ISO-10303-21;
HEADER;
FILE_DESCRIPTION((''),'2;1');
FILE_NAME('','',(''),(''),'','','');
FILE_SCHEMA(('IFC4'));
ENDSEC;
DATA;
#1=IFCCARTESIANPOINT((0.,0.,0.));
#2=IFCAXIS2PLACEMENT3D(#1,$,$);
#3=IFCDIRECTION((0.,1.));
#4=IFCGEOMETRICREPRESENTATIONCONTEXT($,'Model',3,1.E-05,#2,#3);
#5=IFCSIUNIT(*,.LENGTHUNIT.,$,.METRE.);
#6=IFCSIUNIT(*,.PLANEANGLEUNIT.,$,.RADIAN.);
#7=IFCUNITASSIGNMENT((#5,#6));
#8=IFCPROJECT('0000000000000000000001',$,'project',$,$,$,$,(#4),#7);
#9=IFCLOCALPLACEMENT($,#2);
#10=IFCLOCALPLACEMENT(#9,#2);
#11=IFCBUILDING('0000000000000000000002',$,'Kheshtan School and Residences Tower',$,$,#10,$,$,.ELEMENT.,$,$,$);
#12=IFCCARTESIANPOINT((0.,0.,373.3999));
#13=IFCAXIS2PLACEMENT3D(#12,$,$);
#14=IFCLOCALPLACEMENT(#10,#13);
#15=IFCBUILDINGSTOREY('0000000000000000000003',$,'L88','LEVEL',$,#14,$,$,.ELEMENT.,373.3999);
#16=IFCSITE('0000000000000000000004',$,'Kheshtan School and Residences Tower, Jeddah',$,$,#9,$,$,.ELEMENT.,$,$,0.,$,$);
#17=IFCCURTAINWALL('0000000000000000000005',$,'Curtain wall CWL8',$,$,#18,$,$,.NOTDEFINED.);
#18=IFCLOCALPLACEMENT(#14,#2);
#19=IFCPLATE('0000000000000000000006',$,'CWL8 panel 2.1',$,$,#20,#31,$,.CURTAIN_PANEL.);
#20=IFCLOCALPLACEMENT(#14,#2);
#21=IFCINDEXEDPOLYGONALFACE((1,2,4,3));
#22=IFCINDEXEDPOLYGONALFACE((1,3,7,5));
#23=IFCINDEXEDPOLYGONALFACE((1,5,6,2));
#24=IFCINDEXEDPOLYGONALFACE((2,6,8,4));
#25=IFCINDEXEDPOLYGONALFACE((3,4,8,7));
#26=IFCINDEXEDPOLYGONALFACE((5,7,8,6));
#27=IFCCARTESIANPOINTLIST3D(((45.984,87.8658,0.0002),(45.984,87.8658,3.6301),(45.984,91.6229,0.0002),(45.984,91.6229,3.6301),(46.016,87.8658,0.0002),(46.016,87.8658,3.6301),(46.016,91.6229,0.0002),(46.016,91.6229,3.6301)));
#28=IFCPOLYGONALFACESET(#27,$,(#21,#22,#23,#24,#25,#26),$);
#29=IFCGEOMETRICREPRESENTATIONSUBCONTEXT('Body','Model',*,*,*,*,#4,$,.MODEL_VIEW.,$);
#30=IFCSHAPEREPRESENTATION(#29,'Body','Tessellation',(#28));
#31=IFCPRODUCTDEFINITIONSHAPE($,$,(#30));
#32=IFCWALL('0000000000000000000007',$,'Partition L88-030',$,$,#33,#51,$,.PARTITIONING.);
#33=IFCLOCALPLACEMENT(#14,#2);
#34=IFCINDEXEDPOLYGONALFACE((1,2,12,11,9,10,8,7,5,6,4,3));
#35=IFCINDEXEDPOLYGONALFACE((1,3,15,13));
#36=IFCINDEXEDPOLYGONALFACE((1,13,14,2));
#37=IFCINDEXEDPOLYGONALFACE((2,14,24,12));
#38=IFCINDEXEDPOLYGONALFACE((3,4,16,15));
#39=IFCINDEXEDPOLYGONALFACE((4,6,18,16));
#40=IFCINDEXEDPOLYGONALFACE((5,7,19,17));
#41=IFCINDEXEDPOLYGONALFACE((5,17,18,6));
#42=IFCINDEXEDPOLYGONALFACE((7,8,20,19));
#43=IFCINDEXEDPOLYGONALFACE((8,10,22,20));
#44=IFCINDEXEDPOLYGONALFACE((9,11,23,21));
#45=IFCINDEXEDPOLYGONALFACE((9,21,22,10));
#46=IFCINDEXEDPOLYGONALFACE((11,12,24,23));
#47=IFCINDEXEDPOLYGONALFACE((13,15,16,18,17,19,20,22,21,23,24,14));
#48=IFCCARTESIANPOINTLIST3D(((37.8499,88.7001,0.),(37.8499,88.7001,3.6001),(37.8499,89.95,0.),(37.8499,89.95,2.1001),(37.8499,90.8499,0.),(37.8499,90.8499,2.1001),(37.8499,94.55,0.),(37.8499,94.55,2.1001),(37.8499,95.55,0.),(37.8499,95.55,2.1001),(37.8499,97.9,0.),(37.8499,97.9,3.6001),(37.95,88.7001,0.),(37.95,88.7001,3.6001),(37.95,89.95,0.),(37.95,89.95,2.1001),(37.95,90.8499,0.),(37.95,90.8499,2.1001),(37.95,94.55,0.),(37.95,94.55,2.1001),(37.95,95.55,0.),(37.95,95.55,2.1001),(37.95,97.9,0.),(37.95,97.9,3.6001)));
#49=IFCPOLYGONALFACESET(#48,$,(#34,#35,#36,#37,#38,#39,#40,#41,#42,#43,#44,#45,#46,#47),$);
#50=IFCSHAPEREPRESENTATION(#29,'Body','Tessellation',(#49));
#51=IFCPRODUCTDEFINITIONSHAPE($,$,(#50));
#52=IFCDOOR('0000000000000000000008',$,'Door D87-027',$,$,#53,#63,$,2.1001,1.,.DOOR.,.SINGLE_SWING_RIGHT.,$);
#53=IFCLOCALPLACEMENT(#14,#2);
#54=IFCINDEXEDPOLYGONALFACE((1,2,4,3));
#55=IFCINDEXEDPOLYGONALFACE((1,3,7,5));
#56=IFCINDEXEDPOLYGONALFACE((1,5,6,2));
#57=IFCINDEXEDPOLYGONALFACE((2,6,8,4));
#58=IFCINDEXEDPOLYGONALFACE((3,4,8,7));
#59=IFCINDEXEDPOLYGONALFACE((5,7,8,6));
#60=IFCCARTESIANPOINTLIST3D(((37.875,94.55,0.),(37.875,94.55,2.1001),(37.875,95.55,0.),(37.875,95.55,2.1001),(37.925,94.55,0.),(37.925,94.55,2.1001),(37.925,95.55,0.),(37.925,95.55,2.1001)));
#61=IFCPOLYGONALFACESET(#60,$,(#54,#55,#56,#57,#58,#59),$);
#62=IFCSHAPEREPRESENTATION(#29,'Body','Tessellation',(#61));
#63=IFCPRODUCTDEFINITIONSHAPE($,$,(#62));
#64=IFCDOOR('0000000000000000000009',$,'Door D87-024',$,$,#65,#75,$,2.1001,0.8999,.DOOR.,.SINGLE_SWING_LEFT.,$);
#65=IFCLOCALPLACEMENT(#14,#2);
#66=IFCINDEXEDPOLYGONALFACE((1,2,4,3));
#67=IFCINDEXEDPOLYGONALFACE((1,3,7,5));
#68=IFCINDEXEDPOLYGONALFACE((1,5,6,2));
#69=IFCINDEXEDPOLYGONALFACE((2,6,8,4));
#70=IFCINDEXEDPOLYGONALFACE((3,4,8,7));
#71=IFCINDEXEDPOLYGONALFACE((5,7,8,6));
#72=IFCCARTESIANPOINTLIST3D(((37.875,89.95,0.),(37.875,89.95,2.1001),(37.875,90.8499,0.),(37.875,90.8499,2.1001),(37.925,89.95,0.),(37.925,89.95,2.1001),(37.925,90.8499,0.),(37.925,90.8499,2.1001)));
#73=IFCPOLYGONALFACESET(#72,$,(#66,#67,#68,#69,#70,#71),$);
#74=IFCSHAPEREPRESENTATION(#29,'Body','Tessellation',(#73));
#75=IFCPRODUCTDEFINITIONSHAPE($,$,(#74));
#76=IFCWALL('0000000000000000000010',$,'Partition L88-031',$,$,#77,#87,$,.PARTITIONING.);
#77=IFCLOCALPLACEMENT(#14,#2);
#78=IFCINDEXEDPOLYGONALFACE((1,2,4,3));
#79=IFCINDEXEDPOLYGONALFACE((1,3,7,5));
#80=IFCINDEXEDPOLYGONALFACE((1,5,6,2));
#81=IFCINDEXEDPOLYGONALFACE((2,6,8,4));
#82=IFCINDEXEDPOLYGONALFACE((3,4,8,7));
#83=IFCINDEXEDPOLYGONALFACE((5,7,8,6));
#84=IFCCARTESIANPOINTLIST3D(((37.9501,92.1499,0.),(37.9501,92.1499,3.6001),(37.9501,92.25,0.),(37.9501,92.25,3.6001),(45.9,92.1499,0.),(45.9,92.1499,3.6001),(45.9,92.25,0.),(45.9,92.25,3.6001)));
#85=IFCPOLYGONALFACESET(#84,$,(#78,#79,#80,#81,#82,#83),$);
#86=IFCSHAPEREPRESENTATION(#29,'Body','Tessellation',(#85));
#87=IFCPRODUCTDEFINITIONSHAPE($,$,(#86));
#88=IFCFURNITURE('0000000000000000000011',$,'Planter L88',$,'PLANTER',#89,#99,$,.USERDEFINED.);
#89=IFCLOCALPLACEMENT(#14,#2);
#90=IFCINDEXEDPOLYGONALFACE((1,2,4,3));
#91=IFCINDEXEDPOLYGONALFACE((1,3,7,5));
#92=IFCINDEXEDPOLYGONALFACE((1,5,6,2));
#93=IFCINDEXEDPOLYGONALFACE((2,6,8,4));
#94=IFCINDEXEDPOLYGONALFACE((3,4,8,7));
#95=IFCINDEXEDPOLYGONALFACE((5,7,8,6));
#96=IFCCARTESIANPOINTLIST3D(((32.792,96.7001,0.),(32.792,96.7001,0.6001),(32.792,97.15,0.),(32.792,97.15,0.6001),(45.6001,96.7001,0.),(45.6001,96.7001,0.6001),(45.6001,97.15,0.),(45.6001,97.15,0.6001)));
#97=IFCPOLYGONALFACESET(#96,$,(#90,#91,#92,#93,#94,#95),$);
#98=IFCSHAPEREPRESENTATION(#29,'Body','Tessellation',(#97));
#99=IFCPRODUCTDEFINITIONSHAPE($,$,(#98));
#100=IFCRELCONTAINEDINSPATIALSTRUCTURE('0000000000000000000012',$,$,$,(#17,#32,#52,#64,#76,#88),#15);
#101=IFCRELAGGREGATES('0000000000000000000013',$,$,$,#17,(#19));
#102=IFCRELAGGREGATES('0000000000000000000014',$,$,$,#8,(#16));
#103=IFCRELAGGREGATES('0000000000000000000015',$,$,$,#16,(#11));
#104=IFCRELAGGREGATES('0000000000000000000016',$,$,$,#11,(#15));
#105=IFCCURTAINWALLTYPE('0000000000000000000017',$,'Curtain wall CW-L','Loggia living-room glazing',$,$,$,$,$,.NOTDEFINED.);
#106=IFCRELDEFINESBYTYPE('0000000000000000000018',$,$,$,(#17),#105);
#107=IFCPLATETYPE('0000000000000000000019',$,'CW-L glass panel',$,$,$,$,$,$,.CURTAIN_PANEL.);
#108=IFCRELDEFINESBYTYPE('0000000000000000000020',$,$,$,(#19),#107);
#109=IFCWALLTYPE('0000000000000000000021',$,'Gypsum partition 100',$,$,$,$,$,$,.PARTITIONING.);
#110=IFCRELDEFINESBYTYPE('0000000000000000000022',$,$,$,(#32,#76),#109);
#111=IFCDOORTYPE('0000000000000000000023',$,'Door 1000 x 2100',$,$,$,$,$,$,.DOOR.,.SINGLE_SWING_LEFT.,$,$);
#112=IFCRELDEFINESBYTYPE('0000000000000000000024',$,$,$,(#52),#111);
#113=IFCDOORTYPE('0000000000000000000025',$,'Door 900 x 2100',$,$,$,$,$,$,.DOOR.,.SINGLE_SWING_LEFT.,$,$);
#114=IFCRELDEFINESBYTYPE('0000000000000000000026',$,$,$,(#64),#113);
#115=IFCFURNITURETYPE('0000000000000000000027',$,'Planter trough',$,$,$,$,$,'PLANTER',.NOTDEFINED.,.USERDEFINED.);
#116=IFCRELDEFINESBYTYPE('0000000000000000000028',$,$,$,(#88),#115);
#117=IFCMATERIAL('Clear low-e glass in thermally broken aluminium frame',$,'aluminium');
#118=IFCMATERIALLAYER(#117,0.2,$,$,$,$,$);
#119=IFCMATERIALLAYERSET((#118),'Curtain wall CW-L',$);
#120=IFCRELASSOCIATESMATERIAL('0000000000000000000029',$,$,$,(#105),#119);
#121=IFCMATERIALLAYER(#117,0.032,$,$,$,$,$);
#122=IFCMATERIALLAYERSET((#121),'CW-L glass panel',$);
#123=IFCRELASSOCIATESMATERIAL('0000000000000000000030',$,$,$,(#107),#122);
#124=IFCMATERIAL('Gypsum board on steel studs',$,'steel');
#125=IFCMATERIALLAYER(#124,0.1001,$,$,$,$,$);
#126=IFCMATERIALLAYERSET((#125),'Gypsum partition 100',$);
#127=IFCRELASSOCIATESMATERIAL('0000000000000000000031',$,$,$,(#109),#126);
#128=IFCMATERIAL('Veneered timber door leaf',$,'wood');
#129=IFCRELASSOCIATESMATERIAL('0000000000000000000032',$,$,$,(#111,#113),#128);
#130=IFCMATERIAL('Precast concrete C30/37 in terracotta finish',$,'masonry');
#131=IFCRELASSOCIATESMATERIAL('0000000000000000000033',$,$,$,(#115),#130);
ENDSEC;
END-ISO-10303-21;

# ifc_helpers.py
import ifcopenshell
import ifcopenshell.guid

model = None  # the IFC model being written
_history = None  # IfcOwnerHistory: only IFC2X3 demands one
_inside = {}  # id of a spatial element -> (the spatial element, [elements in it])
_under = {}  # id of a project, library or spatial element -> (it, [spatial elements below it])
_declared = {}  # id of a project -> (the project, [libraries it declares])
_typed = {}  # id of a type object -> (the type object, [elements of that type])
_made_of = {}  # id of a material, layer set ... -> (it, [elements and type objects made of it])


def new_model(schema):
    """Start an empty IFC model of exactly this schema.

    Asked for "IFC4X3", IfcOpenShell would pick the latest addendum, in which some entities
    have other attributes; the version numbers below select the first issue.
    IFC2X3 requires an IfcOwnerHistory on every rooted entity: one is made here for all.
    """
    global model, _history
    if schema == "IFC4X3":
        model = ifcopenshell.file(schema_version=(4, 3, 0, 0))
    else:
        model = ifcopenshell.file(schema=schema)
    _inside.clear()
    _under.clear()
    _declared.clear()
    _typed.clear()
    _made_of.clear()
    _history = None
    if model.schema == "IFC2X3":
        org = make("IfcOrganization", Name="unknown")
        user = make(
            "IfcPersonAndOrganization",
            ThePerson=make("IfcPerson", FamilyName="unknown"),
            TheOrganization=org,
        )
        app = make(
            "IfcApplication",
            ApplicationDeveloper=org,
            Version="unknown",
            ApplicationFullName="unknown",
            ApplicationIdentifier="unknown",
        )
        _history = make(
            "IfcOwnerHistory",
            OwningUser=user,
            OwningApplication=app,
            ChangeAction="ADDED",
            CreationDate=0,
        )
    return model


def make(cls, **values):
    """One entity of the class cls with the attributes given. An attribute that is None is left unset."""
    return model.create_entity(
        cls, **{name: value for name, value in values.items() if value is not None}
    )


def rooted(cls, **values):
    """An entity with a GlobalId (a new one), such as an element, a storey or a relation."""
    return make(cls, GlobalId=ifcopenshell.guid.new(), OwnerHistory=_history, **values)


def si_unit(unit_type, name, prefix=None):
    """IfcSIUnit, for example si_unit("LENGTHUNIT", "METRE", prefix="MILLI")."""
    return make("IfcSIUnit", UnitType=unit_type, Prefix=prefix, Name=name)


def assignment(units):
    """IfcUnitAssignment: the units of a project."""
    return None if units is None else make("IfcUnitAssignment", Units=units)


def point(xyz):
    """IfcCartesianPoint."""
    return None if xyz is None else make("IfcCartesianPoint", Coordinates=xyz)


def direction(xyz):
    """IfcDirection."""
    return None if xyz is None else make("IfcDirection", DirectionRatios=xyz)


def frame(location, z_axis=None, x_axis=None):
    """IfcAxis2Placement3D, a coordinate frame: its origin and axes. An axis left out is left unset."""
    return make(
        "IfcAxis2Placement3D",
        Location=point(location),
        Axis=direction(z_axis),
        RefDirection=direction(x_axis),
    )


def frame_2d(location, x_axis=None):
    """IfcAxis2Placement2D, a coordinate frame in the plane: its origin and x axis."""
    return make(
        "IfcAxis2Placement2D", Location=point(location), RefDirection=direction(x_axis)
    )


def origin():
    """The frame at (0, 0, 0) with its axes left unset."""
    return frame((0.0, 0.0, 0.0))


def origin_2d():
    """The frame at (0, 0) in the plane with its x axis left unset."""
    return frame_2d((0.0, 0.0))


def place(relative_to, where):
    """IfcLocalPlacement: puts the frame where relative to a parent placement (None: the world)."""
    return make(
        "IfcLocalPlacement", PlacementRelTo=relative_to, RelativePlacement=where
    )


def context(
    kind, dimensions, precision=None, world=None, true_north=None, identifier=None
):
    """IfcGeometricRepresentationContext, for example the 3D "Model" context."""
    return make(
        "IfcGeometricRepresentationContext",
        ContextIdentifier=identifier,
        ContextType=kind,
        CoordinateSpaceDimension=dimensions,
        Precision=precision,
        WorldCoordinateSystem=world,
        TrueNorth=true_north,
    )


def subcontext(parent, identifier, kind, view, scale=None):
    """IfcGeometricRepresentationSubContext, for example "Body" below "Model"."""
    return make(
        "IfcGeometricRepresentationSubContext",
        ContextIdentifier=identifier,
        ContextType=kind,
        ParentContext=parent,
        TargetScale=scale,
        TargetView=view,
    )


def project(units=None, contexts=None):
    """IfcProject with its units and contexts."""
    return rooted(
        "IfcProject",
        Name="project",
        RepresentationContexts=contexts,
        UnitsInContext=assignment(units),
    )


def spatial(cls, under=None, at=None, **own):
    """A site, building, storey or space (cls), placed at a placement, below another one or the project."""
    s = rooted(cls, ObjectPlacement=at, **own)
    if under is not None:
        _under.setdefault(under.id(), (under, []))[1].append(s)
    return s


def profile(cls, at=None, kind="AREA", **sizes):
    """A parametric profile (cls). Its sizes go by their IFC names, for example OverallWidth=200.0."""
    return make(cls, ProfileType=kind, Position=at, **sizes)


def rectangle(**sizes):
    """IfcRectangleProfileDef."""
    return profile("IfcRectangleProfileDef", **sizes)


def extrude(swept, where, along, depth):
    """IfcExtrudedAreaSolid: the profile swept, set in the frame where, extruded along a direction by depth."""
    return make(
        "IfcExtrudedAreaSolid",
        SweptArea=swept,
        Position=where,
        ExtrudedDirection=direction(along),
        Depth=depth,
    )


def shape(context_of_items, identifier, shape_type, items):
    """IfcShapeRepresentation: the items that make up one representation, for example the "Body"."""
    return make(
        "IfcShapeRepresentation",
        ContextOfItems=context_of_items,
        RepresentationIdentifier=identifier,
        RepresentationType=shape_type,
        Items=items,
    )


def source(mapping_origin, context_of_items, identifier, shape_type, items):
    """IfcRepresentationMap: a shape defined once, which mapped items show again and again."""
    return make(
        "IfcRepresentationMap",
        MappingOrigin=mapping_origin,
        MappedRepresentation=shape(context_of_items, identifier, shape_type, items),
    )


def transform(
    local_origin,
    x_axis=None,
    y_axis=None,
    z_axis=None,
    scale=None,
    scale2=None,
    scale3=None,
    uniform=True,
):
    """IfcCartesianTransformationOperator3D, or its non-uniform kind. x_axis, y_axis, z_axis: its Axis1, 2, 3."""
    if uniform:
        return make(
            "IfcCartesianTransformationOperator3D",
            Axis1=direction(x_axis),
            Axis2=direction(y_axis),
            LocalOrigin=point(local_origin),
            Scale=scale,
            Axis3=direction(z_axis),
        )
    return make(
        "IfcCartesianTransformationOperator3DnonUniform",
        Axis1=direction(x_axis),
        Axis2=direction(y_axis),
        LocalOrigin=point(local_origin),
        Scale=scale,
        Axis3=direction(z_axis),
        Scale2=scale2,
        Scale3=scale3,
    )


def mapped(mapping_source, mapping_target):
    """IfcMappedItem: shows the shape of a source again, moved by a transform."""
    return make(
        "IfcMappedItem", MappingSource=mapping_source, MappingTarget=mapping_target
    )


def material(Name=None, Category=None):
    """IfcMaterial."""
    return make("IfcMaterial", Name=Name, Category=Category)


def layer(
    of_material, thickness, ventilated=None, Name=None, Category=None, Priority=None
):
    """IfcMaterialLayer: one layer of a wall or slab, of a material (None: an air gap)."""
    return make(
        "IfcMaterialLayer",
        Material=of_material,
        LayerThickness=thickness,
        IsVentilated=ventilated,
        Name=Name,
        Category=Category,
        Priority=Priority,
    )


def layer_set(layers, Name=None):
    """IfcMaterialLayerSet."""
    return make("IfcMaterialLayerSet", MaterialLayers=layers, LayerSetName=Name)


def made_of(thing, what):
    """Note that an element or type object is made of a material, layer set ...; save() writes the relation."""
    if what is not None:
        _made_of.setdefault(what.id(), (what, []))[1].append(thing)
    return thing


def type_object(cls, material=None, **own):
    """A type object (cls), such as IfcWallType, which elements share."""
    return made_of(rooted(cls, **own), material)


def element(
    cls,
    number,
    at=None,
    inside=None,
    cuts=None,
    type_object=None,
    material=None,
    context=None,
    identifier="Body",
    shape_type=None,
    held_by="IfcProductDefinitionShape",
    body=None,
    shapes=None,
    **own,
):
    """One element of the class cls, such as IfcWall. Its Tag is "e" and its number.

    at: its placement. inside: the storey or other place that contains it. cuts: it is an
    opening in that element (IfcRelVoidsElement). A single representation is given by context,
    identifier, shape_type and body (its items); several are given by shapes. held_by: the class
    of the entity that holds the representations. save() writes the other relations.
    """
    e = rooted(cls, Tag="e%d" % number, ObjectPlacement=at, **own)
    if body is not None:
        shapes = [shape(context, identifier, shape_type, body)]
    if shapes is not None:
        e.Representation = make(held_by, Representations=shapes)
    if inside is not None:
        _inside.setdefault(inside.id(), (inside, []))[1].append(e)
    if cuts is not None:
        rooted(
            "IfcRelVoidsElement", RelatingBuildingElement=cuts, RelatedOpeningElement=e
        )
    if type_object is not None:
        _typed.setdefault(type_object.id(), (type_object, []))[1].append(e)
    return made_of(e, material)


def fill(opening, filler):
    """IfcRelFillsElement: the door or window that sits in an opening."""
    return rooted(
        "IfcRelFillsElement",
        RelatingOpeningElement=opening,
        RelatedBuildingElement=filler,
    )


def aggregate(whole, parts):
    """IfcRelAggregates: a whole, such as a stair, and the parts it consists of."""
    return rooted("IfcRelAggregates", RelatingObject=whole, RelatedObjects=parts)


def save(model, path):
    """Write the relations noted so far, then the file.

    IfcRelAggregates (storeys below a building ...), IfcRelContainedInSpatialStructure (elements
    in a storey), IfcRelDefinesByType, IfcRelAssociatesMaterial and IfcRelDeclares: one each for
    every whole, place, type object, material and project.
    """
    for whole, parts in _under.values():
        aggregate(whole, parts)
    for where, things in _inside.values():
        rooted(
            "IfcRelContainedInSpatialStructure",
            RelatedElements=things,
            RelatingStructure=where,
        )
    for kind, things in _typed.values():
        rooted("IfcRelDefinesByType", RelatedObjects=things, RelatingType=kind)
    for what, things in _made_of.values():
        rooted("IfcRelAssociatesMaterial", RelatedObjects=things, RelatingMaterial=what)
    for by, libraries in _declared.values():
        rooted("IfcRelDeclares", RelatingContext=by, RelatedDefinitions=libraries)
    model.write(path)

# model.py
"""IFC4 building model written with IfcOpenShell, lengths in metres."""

from ifc_helpers import new_model, si_unit, direction, frame, frame_2d, origin, origin_2d, place, context, subcontext, project, spatial, rectangle, extrude, source, transform, mapped, material, layer, layer_set, type_object, element, fill, aggregate, save


model = new_model("IFC4")

# Units and contexts
model_context = context("Model", 3, precision=1e-05, world=origin(), true_north=direction((0.0, 1.0)))
body_context = subcontext(model_context, "Body", "Model", "MODEL_VIEW")
ifc_project = project(units=[si_unit("LENGTHUNIT", "METRE"), si_unit("PLANEANGLEUNIT", "RADIAN")], contexts=[model_context])

# Site, building, storey
site_placement = place(None, origin())
site = spatial("IfcSite", under=ifc_project, at=site_placement, Name="Kheshtan School and Residences Tower, Jeddah", CompositionType="ELEMENT", RefElevation=0.0)
building_placement = place(site_placement, origin())
building = spatial("IfcBuilding", under=site, at=building_placement, Name="Kheshtan School and Residences Tower", CompositionType="ELEMENT")
storey_placement = place(building_placement, frame((0.0, 0.0, 373.3999)))
storey = spatial("IfcBuildingStorey", under=building, at=storey_placement, Name="L88", Description="LEVEL", CompositionType="ELEMENT", Elevation=373.3999)

# Curtain wall
ifc_material_1 = material(Name="Clear low-e glass in thermally broken aluminium frame", Category="aluminium")
ifc_layer_1 = layer(ifc_material_1, 0.2)
ifc_layer_set_1 = layer_set([ifc_layer_1], Name="Curtain wall CW-L")
curtain_wall_type = type_object("IfcCurtainWallType", Name="Curtain wall CW-L", Description="Loggia living-room glazing", PredefinedType="NOTDEFINED", material=ifc_layer_set_1)
curtain_wall_1_placement = place(storey_placement, origin())
curtain_wall_1 = element("IfcCurtainWall", 1, at=curtain_wall_1_placement, inside=storey, type_object=curtain_wall_type, Name="Curtain wall CWL8", PredefinedType="NOTDEFINED")

# Plate
ifc_layer_2 = layer(ifc_material_1, 0.032)
ifc_layer_set_2 = layer_set([ifc_layer_2], Name="CW-L glass panel")
plate_type = type_object("IfcPlateType", Name="CW-L glass panel", PredefinedType="CURTAIN_PANEL", material=ifc_layer_set_2)
plate_1_placement = place(storey_placement, frame((46.0, 89.7444, 0.0002), z_axis=(0.0, 0.0, 1.0), x_axis=(0.0, -1.0, 0.0)))
plate_1 = element("IfcPlate", 2, at=plate_1_placement, type_object=plate_type, Name="CWL8 panel 2.1", PredefinedType="CURTAIN_PANEL", context=body_context, shape_type="SweptSolid", body=[
    extrude(rectangle(XDim=3.7571, YDim=0.032, at=origin_2d()), origin(), (0.0, 0.0, 1.0), 3.6299),
])
aggregate(curtain_wall_1, [plate_1])

# Wall, openings, doors
ifc_material_2 = material(Name="Gypsum board on steel studs", Category="steel")
ifc_layer_3 = layer(ifc_material_2, 0.1001)
ifc_layer_set_3 = layer_set([ifc_layer_3], Name="Gypsum partition 100")
wall_type_1 = type_object("IfcWallType", Name="Gypsum partition 100", PredefinedType="PARTITIONING", material=ifc_layer_set_3)
wall_1_placement = place(storey_placement, frame((37.8999, 88.7, 0.0), z_axis=(0.0, 0.0, 1.0), x_axis=(0.0, 1.0, 0.0)))
wall_1 = element("IfcWall", 3, at=wall_1_placement, inside=storey, type_object=wall_type_1, Name="Partition L88-030", PredefinedType="PARTITIONING", context=body_context, shape_type="SweptSolid", body=[
    extrude(rectangle(XDim=9.2, YDim=0.1001, at=frame_2d((4.6001, 0.0))), origin(), (0.0, 0.0, 1.0), 3.6001),
])
opening_1_placement = place(wall_1_placement, frame((1.25, 0.0, 0.0)))
opening_1 = element("IfcOpeningElement", 4, at=opening_1_placement, cuts=wall_1, PredefinedType="OPENING", context=body_context, shape_type="SweptSolid", body=[
    extrude(rectangle(XDim=0.8999, YDim=2.1001, at=frame_2d((0.45, 1.05))), frame((0.0, 0.0601, 0.0), z_axis=(0.0, -1.0, 0.0), x_axis=(1.0, 0.0, 0.0)), (0.0, 0.0, 1.0), 0.1201),
])
opening_2_placement = place(wall_1_placement, frame((5.8501, 0.0, 0.0)))
opening_2 = element("IfcOpeningElement", 5, at=opening_2_placement, cuts=wall_1, PredefinedType="OPENING", context=body_context, shape_type="SweptSolid", body=[
    extrude(rectangle(XDim=1.0, YDim=2.1001, at=frame_2d((0.5, 1.05))), frame((0.0, 0.0601, 0.0), z_axis=(0.0, -1.0, 0.0), x_axis=(1.0, 0.0, 0.0)), (0.0, 0.0, 1.0), 0.1201),
])
ifc_material_3 = material(Name="Veneered timber door leaf", Category="wood")
door_type_1 = type_object("IfcDoorType", Name="Door 1000 x 2100", OperationType="SINGLE_SWING_LEFT", PredefinedType="DOOR", material=ifc_material_3)
shared_shape_1 = source(origin(), body_context, "Body", "SweptSolid", [
    extrude(rectangle(XDim=1.0, YDim=2.1001, at=frame_2d((0.5, 1.05))), frame((0.0, 0.0249, 0.0), z_axis=(0.0, -1.0, 0.0), x_axis=(1.0, 0.0, 0.0)), (0.0, 0.0, 1.0), 0.05),
])
door_1_placement = place(opening_2_placement, origin())
door_1 = element("IfcDoor", 6, at=door_1_placement, inside=storey, type_object=door_type_1, Name="Door D87-027", OperationType="SINGLE_SWING_RIGHT", OverallHeight=2.1001, OverallWidth=1.0, PredefinedType="DOOR", context=body_context, shape_type="MappedRepresentation", body=[
    mapped(shared_shape_1, transform((0.0, 0.0, 0.0), x_axis=(1.0, 0.0, 0.0), y_axis=(0.0, 1.0, 0.0), z_axis=(0.0, 0.0, 1.0), scale=1.0)),
])
fill(opening_2, door_1)
door_type_2 = type_object("IfcDoorType", Name="Door 900 x 2100", OperationType="SINGLE_SWING_LEFT", PredefinedType="DOOR", material=ifc_material_3)
shared_shape_2 = source(origin(), body_context, "Body", "SweptSolid", [
    extrude(rectangle(XDim=0.8999, YDim=2.1001, at=frame_2d((0.45, 1.05))), frame((0.0, 0.0249, 0.0), z_axis=(0.0, -1.0, 0.0), x_axis=(1.0, 0.0, 0.0)), (0.0, 0.0, 1.0), 0.05),
])
door_2_placement = place(opening_1_placement, origin())
door_2 = element("IfcDoor", 7, at=door_2_placement, inside=storey, type_object=door_type_2, Name="Door D87-024", OperationType="SINGLE_SWING_LEFT", OverallHeight=2.1001, OverallWidth=0.8999, PredefinedType="DOOR", context=body_context, shape_type="MappedRepresentation", body=[
    mapped(shared_shape_2, transform((0.0, 0.0, 0.0), x_axis=(1.0, 0.0, 0.0), y_axis=(0.0, 1.0, 0.0), z_axis=(0.0, 0.0, 1.0), scale=1.0)),
])
fill(opening_1, door_2)

# Wall
wall_2_placement = place(storey_placement, frame((37.95, 92.2, 0.0), z_axis=(0.0, 0.0, 1.0), x_axis=(1.0, 0.0, 0.0)))
element("IfcWall", 8, at=wall_2_placement, inside=storey, type_object=wall_type_1, Name="Partition L88-031", PredefinedType="PARTITIONING", context=body_context, shape_type="SweptSolid", body=[
    extrude(rectangle(XDim=7.95, YDim=0.1001, at=frame_2d((3.9751, 0.0))), origin(), (0.0, 0.0, 1.0), 3.6001),
])

# Furniture
ifc_material_4 = material(Name="Precast concrete C30/37 in terracotta finish", Category="masonry")
furniture_type = type_object("IfcFurnitureType", Name="Planter trough", ElementType="PLANTER", AssemblyPlace="NOTDEFINED", PredefinedType="USERDEFINED", material=ifc_material_4)
furniture_placement = place(storey_placement, frame((39.196, 96.925, 0.0), z_axis=(0.0, 0.0, 1.0), x_axis=(1.0, 0.0, 0.0)))
element("IfcFurniture", 9, at=furniture_placement, inside=storey, type_object=furniture_type, Name="Planter L88", ObjectType="PLANTER", PredefinedType="USERDEFINED", context=body_context, shape_type="SweptSolid", body=[
    extrude(rectangle(XDim=12.8081, YDim=0.45, at=origin_2d()), origin(), (0.0, 0.0, 1.0), 0.6001),
])

save(model, "model.ifc")
